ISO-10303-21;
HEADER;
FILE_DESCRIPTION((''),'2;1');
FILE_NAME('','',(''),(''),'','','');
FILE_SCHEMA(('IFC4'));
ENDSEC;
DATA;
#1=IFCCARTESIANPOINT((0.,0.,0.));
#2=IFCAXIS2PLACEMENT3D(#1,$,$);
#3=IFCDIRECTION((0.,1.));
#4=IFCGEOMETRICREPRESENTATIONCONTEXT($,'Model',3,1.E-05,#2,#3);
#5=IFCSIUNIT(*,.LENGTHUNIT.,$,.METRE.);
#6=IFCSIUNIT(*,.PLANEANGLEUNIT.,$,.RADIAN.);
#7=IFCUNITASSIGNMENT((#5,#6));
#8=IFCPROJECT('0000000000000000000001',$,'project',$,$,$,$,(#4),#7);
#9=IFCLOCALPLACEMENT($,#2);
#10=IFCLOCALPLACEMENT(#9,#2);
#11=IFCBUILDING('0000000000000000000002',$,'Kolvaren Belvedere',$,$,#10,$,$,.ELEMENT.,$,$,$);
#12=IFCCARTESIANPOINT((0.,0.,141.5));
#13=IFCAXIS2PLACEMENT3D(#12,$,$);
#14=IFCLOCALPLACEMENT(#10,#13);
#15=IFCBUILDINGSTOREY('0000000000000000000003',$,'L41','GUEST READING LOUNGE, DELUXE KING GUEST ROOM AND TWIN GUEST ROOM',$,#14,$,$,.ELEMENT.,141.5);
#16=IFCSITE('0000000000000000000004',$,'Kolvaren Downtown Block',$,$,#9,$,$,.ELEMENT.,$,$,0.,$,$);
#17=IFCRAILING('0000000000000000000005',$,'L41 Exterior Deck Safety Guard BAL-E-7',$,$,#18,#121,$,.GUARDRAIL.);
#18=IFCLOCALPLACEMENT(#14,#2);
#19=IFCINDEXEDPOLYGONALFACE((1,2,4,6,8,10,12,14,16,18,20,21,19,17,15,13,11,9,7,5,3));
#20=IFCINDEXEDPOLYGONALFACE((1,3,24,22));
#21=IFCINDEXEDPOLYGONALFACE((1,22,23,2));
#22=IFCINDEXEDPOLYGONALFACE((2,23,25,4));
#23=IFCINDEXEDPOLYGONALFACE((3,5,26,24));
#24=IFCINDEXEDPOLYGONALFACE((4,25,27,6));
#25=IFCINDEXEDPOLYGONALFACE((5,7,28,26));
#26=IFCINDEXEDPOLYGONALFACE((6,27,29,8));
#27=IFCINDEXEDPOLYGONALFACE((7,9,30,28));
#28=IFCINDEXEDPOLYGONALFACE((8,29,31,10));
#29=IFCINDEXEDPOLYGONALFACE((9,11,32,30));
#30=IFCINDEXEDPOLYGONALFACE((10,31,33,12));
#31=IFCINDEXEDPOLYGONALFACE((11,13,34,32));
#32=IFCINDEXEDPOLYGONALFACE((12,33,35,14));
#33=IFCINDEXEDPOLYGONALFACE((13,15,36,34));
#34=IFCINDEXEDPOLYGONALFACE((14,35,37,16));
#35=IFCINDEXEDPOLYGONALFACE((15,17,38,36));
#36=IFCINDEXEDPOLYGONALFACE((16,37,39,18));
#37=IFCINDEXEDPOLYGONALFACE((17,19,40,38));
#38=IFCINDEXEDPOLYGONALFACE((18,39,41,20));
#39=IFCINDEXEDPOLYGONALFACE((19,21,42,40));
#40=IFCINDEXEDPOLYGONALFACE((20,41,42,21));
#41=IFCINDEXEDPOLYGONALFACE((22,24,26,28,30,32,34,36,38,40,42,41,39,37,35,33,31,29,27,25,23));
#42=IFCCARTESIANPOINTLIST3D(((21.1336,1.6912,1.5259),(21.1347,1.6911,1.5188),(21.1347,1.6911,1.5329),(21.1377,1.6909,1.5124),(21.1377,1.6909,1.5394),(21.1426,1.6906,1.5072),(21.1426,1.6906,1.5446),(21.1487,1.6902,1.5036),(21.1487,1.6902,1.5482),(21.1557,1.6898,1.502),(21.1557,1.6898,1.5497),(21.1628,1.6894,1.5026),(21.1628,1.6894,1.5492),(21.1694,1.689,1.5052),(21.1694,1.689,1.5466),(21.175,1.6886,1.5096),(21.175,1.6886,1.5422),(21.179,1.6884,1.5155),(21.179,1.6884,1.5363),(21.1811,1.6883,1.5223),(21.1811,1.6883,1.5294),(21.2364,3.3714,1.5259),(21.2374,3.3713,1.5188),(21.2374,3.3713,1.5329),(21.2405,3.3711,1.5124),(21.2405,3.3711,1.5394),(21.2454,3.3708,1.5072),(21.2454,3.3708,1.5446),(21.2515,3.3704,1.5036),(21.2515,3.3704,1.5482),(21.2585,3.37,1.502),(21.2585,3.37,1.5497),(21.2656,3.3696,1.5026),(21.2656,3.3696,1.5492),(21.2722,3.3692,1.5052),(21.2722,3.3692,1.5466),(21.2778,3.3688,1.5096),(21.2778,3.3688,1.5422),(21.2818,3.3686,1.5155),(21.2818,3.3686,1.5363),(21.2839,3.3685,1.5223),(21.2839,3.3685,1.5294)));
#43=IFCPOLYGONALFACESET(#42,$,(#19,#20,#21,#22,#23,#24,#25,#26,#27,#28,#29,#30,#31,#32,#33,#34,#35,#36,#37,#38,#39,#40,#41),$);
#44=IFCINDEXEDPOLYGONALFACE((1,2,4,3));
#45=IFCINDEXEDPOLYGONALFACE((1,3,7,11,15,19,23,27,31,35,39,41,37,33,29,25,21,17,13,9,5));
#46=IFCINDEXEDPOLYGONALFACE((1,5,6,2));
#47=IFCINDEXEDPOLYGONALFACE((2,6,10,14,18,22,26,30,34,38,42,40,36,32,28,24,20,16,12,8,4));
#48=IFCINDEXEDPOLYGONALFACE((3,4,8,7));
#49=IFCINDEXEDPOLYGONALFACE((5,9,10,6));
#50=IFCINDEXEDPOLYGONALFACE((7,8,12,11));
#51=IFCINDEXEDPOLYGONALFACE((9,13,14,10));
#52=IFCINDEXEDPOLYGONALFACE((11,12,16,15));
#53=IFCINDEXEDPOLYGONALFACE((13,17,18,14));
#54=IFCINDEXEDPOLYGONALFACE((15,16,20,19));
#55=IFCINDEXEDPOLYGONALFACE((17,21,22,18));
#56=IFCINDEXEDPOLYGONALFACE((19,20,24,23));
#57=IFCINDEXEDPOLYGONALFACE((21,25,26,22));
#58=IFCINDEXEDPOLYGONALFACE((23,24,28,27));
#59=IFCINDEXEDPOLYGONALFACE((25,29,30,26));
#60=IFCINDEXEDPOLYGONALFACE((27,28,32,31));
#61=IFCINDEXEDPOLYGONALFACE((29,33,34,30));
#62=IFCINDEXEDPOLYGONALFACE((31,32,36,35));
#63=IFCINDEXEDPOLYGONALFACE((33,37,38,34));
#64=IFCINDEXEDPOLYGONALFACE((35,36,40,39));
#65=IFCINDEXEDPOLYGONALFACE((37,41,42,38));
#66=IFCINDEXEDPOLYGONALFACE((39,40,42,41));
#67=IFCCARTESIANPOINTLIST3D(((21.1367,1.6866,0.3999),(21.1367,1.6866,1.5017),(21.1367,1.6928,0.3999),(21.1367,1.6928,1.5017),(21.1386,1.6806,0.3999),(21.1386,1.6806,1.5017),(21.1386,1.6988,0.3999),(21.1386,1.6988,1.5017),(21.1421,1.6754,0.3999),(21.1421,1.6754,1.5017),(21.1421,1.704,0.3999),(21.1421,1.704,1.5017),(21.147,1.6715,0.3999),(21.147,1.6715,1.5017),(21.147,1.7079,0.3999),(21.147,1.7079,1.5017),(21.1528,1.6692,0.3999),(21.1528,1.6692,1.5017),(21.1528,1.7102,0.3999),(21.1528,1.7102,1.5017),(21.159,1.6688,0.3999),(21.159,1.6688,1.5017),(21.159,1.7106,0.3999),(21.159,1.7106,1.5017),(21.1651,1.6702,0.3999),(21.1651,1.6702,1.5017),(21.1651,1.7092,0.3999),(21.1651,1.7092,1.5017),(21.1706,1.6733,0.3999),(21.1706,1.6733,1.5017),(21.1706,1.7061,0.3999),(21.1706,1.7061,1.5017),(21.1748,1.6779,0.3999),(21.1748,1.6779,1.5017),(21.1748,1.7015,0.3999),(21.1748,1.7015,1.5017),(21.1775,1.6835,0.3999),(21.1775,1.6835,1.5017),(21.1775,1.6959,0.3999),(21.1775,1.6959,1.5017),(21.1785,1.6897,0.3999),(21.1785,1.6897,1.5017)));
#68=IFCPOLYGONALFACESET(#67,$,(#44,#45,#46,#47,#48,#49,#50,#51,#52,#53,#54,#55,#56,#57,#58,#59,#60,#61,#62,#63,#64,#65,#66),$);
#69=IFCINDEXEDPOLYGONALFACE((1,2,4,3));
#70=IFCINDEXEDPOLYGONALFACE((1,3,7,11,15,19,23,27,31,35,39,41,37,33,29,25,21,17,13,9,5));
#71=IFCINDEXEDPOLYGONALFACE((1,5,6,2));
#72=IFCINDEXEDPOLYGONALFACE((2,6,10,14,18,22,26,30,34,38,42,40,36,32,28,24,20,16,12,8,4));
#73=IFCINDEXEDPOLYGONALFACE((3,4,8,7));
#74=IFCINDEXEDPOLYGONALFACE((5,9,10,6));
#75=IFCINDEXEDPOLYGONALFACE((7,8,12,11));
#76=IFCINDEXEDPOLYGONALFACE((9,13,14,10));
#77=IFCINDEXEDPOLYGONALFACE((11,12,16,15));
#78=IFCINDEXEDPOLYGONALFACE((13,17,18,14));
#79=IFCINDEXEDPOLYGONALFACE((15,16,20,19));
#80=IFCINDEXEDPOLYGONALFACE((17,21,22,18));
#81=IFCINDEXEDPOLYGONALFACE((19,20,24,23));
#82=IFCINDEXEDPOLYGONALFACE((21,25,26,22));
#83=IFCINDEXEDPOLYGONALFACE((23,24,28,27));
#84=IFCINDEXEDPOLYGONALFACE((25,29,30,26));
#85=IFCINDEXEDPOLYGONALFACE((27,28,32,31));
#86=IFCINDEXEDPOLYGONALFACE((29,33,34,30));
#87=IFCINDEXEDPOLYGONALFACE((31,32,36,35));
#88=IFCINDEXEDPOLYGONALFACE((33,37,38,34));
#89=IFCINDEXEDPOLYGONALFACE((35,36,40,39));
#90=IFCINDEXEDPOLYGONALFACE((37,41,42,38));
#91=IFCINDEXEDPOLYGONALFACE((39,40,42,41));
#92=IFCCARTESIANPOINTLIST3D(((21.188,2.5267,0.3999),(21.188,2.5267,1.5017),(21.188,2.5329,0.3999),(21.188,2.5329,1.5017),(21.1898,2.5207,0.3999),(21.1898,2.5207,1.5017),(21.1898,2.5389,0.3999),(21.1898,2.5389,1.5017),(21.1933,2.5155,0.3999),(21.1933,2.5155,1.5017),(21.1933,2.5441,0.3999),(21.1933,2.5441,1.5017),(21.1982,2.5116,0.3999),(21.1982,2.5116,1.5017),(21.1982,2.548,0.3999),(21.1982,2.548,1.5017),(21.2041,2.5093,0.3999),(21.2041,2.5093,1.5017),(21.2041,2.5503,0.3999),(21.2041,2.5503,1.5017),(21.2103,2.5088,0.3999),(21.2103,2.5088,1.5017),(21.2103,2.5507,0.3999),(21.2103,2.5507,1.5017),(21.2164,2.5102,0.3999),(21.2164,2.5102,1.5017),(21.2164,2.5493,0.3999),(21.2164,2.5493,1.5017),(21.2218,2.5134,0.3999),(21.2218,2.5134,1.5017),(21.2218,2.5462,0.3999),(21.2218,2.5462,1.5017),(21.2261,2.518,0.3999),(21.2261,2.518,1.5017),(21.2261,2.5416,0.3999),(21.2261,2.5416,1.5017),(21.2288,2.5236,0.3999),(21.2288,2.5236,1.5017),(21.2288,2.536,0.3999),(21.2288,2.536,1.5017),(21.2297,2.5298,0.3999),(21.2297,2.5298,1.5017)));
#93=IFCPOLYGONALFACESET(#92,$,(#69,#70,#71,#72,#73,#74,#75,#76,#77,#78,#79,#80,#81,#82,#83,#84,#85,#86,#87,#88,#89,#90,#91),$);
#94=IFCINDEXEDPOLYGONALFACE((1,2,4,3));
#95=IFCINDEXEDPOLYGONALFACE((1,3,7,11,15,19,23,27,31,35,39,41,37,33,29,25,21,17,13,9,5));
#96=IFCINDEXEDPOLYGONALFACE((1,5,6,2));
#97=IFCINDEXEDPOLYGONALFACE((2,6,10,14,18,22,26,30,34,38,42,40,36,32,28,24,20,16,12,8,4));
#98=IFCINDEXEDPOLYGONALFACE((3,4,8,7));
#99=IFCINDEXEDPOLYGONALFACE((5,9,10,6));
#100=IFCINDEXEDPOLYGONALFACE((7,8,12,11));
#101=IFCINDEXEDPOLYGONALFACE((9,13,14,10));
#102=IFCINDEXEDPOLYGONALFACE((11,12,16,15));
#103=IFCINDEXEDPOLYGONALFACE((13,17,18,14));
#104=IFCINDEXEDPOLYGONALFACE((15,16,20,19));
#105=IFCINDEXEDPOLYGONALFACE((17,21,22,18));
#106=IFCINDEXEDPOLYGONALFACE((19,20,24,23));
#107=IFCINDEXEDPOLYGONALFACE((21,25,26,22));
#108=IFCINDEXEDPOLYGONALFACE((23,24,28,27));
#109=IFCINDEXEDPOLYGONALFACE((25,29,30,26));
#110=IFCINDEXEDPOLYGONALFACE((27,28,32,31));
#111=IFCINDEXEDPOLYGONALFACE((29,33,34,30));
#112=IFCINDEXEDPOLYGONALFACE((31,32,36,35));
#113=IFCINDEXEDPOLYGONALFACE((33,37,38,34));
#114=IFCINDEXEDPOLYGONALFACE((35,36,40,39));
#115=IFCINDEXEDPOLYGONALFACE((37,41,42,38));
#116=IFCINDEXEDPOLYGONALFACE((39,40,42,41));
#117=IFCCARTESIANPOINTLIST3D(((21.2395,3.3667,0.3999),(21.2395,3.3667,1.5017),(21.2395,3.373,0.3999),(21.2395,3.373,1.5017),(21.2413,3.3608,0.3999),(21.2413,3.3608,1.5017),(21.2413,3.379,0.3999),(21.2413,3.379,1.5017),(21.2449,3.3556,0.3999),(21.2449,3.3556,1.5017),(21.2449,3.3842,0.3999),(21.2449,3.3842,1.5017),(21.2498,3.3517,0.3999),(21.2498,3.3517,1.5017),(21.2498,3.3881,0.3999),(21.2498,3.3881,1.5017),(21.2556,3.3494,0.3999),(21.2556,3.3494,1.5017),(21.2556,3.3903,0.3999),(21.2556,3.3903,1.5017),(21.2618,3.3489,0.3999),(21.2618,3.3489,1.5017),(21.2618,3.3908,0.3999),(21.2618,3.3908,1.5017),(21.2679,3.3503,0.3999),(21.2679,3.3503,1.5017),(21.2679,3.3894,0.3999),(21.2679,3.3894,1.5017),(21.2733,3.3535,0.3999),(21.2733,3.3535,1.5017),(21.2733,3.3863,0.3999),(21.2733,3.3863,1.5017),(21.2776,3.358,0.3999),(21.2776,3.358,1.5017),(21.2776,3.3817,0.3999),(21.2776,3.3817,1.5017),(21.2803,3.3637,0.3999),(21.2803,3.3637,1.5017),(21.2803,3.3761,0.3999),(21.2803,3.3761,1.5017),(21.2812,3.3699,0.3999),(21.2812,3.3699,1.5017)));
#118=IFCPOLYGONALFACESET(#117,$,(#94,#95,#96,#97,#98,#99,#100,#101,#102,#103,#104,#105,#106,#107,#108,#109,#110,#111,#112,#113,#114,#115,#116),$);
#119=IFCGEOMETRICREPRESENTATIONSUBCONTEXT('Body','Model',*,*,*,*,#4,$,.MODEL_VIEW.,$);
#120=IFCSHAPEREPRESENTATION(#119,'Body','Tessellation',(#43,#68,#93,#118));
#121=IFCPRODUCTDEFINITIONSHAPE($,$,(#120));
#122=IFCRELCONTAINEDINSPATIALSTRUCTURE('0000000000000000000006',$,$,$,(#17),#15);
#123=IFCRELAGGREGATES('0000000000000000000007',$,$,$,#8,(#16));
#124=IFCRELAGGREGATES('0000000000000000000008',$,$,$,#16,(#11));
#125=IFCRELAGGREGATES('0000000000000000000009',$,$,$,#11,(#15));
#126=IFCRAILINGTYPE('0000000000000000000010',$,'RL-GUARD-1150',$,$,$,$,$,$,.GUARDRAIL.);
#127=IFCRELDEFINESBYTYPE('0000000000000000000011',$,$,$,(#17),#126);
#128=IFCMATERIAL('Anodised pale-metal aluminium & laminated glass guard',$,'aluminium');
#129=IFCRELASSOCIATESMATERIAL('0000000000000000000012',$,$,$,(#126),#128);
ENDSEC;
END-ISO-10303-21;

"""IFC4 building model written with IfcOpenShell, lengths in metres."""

from ifc_helpers import new_model, si_unit, direction, frame, origin, origin_2d, place, context, subcontext, project, spatial, circle, extrude, material, type_object, element, save


model = new_model("IFC4")

# Units and contexts
model_context = context("Model", 3, precision=1e-05, world=origin(), true_north=direction((0.0, 1.0)))
body_context = subcontext(model_context, "Body", "Model", "MODEL_VIEW")
ifc_project = project(units=[si_unit("LENGTHUNIT", "METRE"), si_unit("PLANEANGLEUNIT", "RADIAN")], contexts=[model_context])

# Site, building, storey
site_placement = place(None, origin())
site = spatial("IfcSite", under=ifc_project, at=site_placement, Name="Kolvaren Downtown Block", CompositionType="ELEMENT", RefElevation=0.0)
building_placement = place(site_placement, origin())
building = spatial("IfcBuilding", under=site, at=building_placement, Name="Kolvaren Belvedere", CompositionType="ELEMENT")
storey_placement = place(building_placement, frame((0.0, 0.0, 141.5)))
storey = spatial("IfcBuildingStorey", under=building, at=storey_placement, Name="L41", Description="GUEST READING LOUNGE, DELUXE KING GUEST ROOM AND TWIN GUEST ROOM", CompositionType="ELEMENT", Elevation=141.5)

# Railing
ifc_material_1 = material(Name="Anodised pale-metal aluminium & laminated glass guard", Category="aluminium")
railing_type = type_object("IfcRailingType", Name="RL-GUARD-1150", PredefinedType="GUARDRAIL", material=ifc_material_1)
railing_1_placement = place(storey_placement, frame((21.1575, 1.6897, 0.3999)))
element("IfcRailing", 1, at=railing_1_placement, inside=storey, type_object=railing_type, Name="L41 Exterior Deck Safety Guard BAL-E-7", PredefinedType="GUARDRAIL", context=body_context, shape_type="SweptSolid", body=[
    extrude(circle(Radius=0.0239, at=origin_2d()), frame((0.0, 0.0, 1.126), z_axis=(0.06106, 0.998134, 0.0), x_axis=(-0.998134, 0.06106, 0.0)), (0.0, 0.0, 1.0), 1.6833),
    extrude(circle(Radius=0.021, at=origin_2d()), origin(), (0.0, 0.0, 1.0), 1.1018),
    extrude(circle(Radius=0.021, at=origin_2d()), frame((0.0513, 0.8401, 0.0)), (0.0, 0.0, 1.0), 1.1018),
    extrude(circle(Radius=0.021, at=origin_2d()), frame((0.1028, 1.6802, 0.0)), (0.0, 0.0, 1.0), 1.1018),
])

save(model, "model.ifc")
